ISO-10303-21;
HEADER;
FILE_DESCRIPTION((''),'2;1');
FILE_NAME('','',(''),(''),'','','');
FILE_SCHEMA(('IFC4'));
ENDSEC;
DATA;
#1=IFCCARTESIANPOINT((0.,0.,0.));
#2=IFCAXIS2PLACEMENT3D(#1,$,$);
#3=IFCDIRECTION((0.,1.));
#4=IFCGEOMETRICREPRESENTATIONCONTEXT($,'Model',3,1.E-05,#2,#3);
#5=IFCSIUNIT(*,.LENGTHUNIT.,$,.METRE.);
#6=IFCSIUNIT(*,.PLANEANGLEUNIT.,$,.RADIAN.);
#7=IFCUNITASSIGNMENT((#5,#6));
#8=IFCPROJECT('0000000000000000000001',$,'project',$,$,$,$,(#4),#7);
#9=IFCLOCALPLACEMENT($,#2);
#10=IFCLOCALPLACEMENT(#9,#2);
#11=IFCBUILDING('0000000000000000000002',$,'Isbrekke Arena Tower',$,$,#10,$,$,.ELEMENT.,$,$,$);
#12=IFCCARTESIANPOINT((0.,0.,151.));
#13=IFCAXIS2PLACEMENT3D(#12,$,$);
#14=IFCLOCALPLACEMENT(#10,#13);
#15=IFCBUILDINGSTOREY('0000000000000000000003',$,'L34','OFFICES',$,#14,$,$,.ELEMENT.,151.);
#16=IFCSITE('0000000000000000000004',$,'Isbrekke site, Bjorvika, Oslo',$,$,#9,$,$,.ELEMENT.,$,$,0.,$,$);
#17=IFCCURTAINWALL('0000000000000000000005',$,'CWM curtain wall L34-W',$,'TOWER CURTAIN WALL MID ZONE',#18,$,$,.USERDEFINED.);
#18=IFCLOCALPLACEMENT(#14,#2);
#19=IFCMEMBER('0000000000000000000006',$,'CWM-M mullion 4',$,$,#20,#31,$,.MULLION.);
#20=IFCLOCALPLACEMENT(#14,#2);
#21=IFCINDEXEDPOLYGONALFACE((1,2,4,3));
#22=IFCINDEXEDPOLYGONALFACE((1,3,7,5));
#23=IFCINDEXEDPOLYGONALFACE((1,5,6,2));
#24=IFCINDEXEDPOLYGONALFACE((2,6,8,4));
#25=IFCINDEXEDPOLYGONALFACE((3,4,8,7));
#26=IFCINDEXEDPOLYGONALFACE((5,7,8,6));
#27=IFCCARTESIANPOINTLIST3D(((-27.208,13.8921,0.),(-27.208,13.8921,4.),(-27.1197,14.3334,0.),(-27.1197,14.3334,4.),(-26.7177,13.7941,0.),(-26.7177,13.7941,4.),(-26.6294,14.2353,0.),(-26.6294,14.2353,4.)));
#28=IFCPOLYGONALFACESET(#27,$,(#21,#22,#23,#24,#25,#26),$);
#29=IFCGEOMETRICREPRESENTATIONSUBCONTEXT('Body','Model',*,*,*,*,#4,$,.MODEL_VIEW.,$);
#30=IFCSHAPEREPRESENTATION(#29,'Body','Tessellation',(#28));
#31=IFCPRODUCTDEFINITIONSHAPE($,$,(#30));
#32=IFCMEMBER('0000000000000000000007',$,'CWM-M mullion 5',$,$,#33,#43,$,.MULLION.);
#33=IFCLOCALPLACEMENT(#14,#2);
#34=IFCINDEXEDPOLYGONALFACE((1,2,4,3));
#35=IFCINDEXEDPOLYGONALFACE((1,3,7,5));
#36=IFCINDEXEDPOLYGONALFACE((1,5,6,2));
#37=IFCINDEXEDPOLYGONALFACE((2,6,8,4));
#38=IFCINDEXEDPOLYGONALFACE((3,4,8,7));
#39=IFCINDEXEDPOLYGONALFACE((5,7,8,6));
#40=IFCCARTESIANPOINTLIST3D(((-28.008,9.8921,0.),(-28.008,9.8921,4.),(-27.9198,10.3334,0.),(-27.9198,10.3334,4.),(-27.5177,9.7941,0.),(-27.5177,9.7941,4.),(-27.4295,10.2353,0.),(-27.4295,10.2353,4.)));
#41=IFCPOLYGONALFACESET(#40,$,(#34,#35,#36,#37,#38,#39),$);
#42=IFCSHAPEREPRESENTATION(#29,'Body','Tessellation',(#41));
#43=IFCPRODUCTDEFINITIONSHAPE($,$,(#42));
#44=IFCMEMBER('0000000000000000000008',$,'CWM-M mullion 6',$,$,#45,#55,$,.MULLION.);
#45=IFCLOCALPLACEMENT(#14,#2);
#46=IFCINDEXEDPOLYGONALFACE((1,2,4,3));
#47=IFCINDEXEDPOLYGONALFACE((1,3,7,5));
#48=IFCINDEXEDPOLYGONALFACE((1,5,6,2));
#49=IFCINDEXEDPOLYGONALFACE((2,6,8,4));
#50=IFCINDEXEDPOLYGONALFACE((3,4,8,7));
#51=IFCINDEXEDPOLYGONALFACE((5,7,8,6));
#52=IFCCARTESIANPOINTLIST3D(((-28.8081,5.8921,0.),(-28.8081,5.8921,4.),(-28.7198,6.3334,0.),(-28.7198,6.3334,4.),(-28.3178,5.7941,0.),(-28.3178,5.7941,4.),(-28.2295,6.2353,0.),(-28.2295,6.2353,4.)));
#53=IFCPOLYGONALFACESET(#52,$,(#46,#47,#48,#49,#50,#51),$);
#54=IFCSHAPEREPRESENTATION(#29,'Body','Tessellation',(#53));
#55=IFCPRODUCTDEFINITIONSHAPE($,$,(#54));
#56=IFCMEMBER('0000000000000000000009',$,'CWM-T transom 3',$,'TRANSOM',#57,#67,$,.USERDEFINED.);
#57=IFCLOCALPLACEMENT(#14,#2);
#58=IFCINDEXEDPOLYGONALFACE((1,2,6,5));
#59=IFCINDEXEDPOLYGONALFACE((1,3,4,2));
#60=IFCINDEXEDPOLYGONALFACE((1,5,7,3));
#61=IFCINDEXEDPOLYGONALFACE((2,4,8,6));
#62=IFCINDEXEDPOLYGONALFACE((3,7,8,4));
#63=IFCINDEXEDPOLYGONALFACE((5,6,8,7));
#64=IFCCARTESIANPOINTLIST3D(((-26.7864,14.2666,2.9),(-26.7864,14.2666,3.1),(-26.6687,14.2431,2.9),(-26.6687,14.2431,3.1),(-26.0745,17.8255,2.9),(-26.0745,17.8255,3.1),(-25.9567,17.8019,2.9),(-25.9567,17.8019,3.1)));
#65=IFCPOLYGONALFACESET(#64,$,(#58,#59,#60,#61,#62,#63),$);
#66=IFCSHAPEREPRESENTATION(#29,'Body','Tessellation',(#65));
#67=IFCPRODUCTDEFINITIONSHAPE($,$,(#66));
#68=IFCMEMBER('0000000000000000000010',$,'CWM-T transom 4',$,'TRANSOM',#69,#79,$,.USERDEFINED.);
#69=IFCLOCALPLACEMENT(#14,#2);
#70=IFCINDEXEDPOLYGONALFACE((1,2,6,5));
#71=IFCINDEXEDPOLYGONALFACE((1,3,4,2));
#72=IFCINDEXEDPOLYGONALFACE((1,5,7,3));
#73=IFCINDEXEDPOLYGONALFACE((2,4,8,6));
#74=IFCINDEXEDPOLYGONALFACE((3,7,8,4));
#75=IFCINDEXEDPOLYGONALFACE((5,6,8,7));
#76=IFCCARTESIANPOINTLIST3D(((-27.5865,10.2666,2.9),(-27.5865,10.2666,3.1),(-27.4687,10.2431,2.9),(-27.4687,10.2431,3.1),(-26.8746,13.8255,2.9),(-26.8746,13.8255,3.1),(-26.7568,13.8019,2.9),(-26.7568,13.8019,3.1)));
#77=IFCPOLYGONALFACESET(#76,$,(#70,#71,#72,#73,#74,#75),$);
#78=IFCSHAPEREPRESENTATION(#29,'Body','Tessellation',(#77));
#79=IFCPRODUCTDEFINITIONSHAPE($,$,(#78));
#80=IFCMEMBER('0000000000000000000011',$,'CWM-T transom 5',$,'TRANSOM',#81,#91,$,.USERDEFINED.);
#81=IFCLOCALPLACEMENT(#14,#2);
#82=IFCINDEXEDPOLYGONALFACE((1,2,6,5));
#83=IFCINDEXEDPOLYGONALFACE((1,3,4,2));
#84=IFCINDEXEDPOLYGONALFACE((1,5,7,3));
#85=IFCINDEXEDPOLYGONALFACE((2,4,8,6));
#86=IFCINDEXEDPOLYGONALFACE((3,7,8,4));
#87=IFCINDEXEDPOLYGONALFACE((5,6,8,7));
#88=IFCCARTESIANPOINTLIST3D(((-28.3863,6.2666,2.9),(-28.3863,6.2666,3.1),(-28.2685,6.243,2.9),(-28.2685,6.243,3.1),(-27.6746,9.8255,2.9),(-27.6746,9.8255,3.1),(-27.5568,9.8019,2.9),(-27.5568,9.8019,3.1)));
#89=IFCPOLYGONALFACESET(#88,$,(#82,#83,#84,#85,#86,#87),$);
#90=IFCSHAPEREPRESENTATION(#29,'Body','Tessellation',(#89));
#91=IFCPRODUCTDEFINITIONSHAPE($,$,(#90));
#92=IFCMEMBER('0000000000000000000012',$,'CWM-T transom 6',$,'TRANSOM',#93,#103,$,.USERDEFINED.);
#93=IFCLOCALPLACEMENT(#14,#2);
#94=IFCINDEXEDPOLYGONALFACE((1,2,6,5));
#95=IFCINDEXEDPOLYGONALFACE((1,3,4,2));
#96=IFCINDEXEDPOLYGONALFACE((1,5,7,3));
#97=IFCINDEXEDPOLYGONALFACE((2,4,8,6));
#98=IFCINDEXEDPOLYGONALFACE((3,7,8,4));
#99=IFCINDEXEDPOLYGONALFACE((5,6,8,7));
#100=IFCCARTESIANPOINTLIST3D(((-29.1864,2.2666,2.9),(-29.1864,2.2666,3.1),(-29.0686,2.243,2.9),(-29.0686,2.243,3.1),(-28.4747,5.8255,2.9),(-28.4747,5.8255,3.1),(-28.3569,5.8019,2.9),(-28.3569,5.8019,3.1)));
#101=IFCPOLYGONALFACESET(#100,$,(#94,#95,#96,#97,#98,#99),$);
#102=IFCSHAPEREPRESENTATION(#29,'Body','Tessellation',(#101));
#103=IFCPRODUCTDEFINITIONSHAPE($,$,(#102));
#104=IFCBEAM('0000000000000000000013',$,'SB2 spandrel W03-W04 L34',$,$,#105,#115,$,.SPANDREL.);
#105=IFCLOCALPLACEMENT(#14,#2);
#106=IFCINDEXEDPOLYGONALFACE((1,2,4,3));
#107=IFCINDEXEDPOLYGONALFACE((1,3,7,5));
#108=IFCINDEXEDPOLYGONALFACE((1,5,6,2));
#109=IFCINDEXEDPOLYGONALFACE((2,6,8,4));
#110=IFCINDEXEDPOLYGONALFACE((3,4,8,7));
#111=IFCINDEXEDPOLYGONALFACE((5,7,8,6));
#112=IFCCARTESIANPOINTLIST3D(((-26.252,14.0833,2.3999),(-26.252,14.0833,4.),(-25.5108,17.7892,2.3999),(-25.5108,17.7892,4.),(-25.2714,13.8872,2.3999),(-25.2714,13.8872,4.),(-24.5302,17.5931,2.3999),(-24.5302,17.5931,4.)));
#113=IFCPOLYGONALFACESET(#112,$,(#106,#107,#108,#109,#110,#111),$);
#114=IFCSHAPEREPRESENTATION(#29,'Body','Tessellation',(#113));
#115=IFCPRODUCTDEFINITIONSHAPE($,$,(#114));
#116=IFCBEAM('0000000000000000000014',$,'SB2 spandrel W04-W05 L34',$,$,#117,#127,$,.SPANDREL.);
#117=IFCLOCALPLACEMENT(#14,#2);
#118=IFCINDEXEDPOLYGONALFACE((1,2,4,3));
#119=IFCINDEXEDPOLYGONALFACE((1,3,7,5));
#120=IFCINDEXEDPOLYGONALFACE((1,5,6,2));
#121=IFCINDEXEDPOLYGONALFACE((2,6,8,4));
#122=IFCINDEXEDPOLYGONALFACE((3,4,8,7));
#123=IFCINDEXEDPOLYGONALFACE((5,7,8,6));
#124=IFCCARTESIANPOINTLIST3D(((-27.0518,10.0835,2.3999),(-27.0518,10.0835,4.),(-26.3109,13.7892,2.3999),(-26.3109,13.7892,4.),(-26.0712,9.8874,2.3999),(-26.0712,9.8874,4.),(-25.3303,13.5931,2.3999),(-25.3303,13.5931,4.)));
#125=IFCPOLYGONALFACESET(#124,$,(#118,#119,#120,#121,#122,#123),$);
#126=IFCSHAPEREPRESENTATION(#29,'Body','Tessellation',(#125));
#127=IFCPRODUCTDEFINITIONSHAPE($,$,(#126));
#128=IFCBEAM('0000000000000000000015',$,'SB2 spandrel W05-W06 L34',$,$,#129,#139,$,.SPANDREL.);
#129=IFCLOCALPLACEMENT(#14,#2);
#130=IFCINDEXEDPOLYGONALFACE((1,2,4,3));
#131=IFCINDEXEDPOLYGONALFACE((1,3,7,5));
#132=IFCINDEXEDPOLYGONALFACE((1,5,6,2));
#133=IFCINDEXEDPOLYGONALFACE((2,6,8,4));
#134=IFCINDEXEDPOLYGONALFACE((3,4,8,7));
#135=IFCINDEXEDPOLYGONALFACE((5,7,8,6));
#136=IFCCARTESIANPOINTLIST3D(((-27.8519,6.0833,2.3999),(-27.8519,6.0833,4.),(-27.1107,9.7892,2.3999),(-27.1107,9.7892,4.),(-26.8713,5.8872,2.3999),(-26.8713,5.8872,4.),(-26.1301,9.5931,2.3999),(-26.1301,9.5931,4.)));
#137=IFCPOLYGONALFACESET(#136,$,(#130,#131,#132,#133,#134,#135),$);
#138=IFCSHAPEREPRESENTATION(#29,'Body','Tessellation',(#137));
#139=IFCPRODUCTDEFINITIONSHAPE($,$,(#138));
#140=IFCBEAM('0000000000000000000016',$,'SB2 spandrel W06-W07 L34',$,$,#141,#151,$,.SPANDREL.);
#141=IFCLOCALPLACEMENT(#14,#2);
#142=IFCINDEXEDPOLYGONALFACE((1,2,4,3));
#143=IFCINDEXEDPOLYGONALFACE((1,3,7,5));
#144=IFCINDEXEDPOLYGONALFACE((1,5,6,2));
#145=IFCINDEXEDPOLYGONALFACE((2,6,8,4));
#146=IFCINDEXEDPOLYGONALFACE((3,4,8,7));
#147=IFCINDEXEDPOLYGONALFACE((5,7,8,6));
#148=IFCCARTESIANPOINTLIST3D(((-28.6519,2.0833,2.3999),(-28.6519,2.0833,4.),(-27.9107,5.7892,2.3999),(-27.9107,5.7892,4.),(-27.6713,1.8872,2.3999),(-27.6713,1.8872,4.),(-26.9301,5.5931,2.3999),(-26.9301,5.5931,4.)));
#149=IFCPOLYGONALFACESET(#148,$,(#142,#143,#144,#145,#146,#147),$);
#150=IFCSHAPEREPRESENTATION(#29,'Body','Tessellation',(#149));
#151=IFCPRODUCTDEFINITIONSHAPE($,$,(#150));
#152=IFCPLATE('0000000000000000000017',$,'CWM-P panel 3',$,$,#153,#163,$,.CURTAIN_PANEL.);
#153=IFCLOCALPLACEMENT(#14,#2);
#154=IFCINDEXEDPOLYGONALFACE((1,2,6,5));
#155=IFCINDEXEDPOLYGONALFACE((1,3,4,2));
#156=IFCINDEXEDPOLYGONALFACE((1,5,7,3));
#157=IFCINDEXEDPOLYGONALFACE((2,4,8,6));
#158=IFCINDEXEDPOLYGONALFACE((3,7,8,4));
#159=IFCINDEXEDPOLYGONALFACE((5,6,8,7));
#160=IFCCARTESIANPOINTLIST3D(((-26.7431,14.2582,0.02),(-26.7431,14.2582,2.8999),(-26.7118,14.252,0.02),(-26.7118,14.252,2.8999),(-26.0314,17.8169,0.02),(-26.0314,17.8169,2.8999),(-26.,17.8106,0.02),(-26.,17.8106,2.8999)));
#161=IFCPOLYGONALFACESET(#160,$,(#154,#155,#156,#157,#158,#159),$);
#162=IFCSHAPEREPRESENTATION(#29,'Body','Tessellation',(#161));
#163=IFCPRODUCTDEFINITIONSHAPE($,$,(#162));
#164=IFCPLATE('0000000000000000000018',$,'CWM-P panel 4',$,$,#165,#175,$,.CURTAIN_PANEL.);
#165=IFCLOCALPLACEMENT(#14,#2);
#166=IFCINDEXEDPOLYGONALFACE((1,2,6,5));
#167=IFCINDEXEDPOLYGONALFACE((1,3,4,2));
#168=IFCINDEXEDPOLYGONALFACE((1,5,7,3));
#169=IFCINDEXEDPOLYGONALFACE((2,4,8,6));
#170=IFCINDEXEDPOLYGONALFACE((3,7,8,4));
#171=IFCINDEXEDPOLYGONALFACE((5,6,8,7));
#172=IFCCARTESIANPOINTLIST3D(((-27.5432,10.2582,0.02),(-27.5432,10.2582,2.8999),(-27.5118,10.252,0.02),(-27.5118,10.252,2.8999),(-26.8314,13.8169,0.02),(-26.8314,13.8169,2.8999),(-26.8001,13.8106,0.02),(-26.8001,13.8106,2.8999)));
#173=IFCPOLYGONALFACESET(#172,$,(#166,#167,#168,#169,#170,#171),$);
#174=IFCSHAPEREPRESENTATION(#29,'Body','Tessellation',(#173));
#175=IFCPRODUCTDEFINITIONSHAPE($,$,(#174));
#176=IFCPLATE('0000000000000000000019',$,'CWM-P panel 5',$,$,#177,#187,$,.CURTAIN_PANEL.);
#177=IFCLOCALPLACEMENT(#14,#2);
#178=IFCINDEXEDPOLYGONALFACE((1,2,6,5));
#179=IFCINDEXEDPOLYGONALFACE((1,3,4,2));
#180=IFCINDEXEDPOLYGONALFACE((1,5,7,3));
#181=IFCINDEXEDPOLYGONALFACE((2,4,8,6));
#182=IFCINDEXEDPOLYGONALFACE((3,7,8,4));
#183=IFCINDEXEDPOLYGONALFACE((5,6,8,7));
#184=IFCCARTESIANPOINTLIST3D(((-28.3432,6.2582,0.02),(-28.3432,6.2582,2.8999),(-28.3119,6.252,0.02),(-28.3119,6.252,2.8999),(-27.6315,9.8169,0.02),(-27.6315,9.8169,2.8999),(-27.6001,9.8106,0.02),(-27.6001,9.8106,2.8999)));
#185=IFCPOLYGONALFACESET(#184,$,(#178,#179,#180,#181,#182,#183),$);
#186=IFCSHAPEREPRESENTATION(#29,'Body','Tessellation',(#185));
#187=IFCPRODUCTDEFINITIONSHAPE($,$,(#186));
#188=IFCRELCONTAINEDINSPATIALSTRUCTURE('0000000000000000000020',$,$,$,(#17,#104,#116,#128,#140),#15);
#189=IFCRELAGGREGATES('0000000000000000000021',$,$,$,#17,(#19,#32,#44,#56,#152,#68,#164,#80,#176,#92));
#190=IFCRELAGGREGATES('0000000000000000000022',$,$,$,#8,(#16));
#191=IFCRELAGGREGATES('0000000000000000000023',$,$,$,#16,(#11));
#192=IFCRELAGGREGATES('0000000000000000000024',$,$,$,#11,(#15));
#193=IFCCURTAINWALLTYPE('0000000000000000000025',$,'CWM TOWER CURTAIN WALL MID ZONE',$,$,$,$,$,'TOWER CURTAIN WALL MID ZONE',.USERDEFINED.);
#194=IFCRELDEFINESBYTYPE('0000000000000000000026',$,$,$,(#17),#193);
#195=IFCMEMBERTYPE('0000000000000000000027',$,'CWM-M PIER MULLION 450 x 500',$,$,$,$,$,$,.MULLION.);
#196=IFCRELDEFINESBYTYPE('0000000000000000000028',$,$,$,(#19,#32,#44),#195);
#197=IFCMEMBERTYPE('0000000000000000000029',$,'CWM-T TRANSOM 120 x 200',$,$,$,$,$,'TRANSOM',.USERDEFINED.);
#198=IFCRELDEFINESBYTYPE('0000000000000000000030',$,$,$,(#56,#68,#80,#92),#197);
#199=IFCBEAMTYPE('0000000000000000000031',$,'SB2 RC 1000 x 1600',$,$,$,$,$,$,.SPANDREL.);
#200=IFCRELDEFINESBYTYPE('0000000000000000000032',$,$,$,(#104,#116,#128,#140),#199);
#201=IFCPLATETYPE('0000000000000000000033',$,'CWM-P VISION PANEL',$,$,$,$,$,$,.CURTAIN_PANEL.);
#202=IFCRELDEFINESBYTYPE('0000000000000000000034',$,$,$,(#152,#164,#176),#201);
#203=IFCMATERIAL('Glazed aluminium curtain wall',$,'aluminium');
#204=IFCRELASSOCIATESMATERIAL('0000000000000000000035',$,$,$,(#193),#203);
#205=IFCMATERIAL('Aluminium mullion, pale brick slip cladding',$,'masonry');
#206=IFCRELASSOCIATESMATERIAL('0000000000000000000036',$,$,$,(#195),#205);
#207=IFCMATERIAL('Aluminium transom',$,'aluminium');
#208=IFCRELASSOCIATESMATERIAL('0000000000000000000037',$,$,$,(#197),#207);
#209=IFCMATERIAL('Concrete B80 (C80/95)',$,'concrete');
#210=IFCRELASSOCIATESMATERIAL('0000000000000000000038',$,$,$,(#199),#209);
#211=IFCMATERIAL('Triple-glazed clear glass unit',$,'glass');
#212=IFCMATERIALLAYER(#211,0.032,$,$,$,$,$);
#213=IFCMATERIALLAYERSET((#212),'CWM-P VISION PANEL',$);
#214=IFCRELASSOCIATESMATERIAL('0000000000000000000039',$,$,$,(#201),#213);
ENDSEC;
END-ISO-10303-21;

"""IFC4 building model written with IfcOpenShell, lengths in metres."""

from ifc_helpers import new_model, si_unit, direction, frame, origin, origin_2d, place, context, subcontext, project, spatial, rectangle, extrude, material, layer, layer_set, material_profile, profile_set, type_object, element, aggregate, save


model = new_model("IFC4")

# Units and contexts
model_context = context("Model", 3, precision=1e-05, world=origin(), true_north=direction((0.0, 1.0)))
body_context = subcontext(model_context, "Body", "Model", "MODEL_VIEW")
ifc_project = project(units=[si_unit("LENGTHUNIT", "METRE"), si_unit("PLANEANGLEUNIT", "RADIAN")], contexts=[model_context])

# Site, building, storey
site_placement = place(None, origin())
site = spatial("IfcSite", under=ifc_project, at=site_placement, Name="Isbrekke site, Bjorvika, Oslo", CompositionType="ELEMENT", RefElevation=0.0)
building_placement = place(site_placement, origin())
building = spatial("IfcBuilding", under=site, at=building_placement, Name="Isbrekke Arena Tower", CompositionType="ELEMENT")
storey_placement = place(building_placement, frame((0.0, 0.0, 151.0)))
storey = spatial("IfcBuildingStorey", under=building, at=storey_placement, Name="L34", Description="OFFICES", CompositionType="ELEMENT", Elevation=151.0)

# Curtain wall, members
ifc_material_1 = material(Name="Glazed aluminium curtain wall", Category="aluminium")
curtain_wall_type = type_object("IfcCurtainWallType", Name="CWM TOWER CURTAIN WALL MID ZONE", ElementType="TOWER CURTAIN WALL MID ZONE", PredefinedType="USERDEFINED", material=ifc_material_1)
curtain_wall_placement = place(storey_placement, origin())
curtain_wall = element("IfcCurtainWall", 1, at=curtain_wall_placement, inside=storey, type_object=curtain_wall_type, Name="CWM curtain wall L34-W", ObjectType="TOWER CURTAIN WALL MID ZONE", PredefinedType="USERDEFINED")
ifc_material_2 = material(Name="Aluminium mullion, pale brick slip cladding", Category="masonry")
ifc_material_profile_1 = material_profile(ifc_material_2, rectangle(XDim=0.45, YDim=0.5, at=origin_2d()), Name="PIER 450X500")
ifc_profile_set_1 = profile_set([ifc_material_profile_1], Name="Aluminium mullion, pale brick slip cladding")
member_type_1 = type_object("IfcMemberType", Name="CWM-M PIER MULLION 450 x 500", PredefinedType="MULLION", material=ifc_profile_set_1)
member_1_placement = place(storey_placement, frame((-26.9187, 14.0637, 0.0), z_axis=(0.0, 0.0, 1.0), x_axis=(-0.196116, -0.980581, 0.0)))
member_1 = element("IfcMember", 2, at=member_1_placement, type_object=member_type_1, Name="CWM-M mullion 4", PredefinedType="MULLION", context=body_context, shape_type="SweptSolid", body=[
    extrude(rectangle(XDim=0.45, YDim=0.5, at=origin_2d()), origin(), (0.0, 0.0, 1.0), 4.0),
])
member_2_placement = place(storey_placement, frame((-27.7188, 10.0637, 0.0), z_axis=(0.0, 0.0, 1.0), x_axis=(-0.196116, -0.980581, 0.0)))
member_2 = element("IfcMember", 3, at=member_2_placement, type_object=member_type_1, Name="CWM-M mullion 5", PredefinedType="MULLION", context=body_context, shape_type="SweptSolid", body=[
    extrude(rectangle(XDim=0.45, YDim=0.5, at=origin_2d()), origin(), (0.0, 0.0, 1.0), 4.0),
])
member_3_placement = place(storey_placement, frame((-28.5188, 6.0637, 0.0), z_axis=(0.0, 0.0, 1.0), x_axis=(-0.196116, -0.980581, 0.0)))
member_3 = element("IfcMember", 4, at=member_3_placement, type_object=member_type_1, Name="CWM-M mullion 6", PredefinedType="MULLION", context=body_context, shape_type="SweptSolid", body=[
    extrude(rectangle(XDim=0.45, YDim=0.5, at=origin_2d()), origin(), (0.0, 0.0, 1.0), 4.0),
])
ifc_material_3 = material(Name="Aluminium transom", Category="aluminium")
ifc_material_profile_2 = material_profile(ifc_material_3, rectangle(XDim=0.1201, YDim=0.2, at=origin_2d()), Name="TRANSOM 120X200")
ifc_profile_set_2 = profile_set([ifc_material_profile_2], Name="Aluminium transom")
member_type_2 = type_object("IfcMemberType", Name="CWM-T TRANSOM 120 x 200", ElementType="TRANSOM", PredefinedType="USERDEFINED", material=ifc_profile_set_2)
member_4_placement = place(storey_placement, frame((-26.0156, 17.8137, 3.0), z_axis=(-0.196155, -0.980573, 0.0), x_axis=(0.980573, -0.196155, 0.0)))
member_4 = element("IfcMember", 5, at=member_4_placement, type_object=member_type_2, Name="CWM-T transom 3", ObjectType="TRANSOM", PredefinedType="USERDEFINED", context=body_context, shape_type="SweptSolid", body=[
    extrude(rectangle(XDim=0.1201, YDim=0.2, at=origin_2d()), origin(), (0.0, 0.0, 1.0), 3.6294),
])
member_5_placement = place(storey_placement, frame((-26.8157, 13.8137, 3.0), z_axis=(-0.196155, -0.980573, 0.0), x_axis=(0.980573, -0.196155, 0.0)))
member_5 = element("IfcMember", 6, at=member_5_placement, type_object=member_type_2, Name="CWM-T transom 4", ObjectType="TRANSOM", PredefinedType="USERDEFINED", context=body_context, shape_type="SweptSolid", body=[
    extrude(rectangle(XDim=0.1201, YDim=0.2, at=origin_2d()), origin(), (0.0, 0.0, 1.0), 3.6294),
])
member_6_placement = place(storey_placement, frame((-27.6157, 9.8137, 3.0), z_axis=(-0.19609, -0.980586, 0.0), x_axis=(0.980586, -0.19609, 0.0)))
member_6 = element("IfcMember", 7, at=member_6_placement, type_object=member_type_2, Name="CWM-T transom 5", ObjectType="TRANSOM", PredefinedType="USERDEFINED", context=body_context, shape_type="SweptSolid", body=[
    extrude(rectangle(XDim=0.1201, YDim=0.2, at=origin_2d()), origin(), (0.0, 0.0, 1.0), 3.6294),
])
member_7_placement = place(storey_placement, frame((-28.4158, 5.8137, 3.0), z_axis=(-0.19609, -0.980586, 0.0), x_axis=(0.980586, -0.19609, 0.0)))
member_7 = element("IfcMember", 8, at=member_7_placement, type_object=member_type_2, Name="CWM-T transom 6", ObjectType="TRANSOM", PredefinedType="USERDEFINED", context=body_context, shape_type="SweptSolid", body=[
    extrude(rectangle(XDim=0.1201, YDim=0.2, at=origin_2d()), origin(), (0.0, 0.0, 1.0), 3.6294),
])

# Beams
ifc_material_4 = material(Name="Concrete B80 (C80/95)", Category="concrete")
ifc_material_profile_3 = material_profile(ifc_material_4, rectangle(XDim=1.0, YDim=1.6001, at=origin_2d()), Name="RC 1000x1600")
ifc_profile_set_3 = profile_set([ifc_material_profile_3], Name="Concrete B80 (C80/95)")
beam_type_1 = type_object("IfcBeamType", Name="SB2 RC 1000 x 1600", PredefinedType="SPANDREL", material=ifc_profile_set_3)
beam_1_placement = place(storey_placement, frame((-25.0205, 17.6912, 3.2), z_axis=(-0.196129, -0.980578, 0.0), x_axis=(0.980578, -0.196129, 0.0)))
element("IfcBeam", 9, at=beam_1_placement, inside=storey, type_object=beam_type_1, Name="SB2 spandrel W03-W04 L34", PredefinedType="SPANDREL", context=body_context, shape_type="SweptSolid", body=[
    extrude(rectangle(XDim=1.0, YDim=1.6001, at=origin_2d()), origin(), (0.0, 0.0, 1.0), 3.7793),
])
beam_2_placement = place(storey_placement, frame((-25.8206, 13.6912, 3.2), z_axis=(-0.196066, -0.980591, 0.0), x_axis=(0.980591, -0.196066, 0.0)))
element("IfcBeam", 10, at=beam_2_placement, inside=storey, type_object=beam_type_1, Name="SB2 spandrel W04-W05 L34", PredefinedType="SPANDREL", context=body_context, shape_type="SweptSolid", body=[
    extrude(rectangle(XDim=1.0, YDim=1.6001, at=origin_2d()), origin(), (0.0, 0.0, 1.0), 3.7791),
])
for number, where, z_axis, x_axis, name in (
    (11, (-26.6204, 9.6912, 3.2), (-0.196129, -0.980578, 0.0), (0.980578, -0.196129, 0.0), "SB2 spandrel W05-W06 L34"),
    (12, (-27.4204, 5.6912, 3.2), (-0.196129, -0.980578, 0.0), (0.980578, -0.196129, 0.0), "SB2 spandrel W06-W07 L34"),
):
    element("IfcBeam", number, at=place(storey_placement, frame(where, z_axis=z_axis, x_axis=x_axis)), inside=storey, type_object=beam_type_1, Name=name, PredefinedType="SPANDREL", context=body_context, shape_type="SweptSolid", body=[
        extrude(rectangle(XDim=1.0, YDim=1.6001, at=origin_2d()), origin(), (0.0, 0.0, 1.0), 3.7793),
    ])

# Plates
ifc_material_5 = material(Name="Triple-glazed clear glass unit", Category="glass")
ifc_layer_1 = layer(ifc_material_5, 0.032)
ifc_layer_set_1 = layer_set([ifc_layer_1], Name="CWM-P VISION PANEL")
plate_type = type_object("IfcPlateType", Name="CWM-P VISION PANEL", PredefinedType="CURTAIN_PANEL", material=ifc_layer_set_1)
plate_1_placement = place(storey_placement, frame((-26.3716, 16.0344, 0.02), z_axis=(0.0, 0.0, 1.0), x_axis=(-0.196116, -0.980581, 0.0)))
plate_1 = element("IfcPlate", 13, at=plate_1_placement, type_object=plate_type, Name="CWM-P panel 3", PredefinedType="CURTAIN_PANEL", context=body_context, shape_type="SweptSolid", body=[
    extrude(rectangle(XDim=3.6292, YDim=0.032, at=origin_2d()), origin(), (0.0, 0.0, 1.0), 2.8799),
])
plate_2_placement = place(storey_placement, frame((-27.1716, 12.0344, 0.02), z_axis=(0.0, 0.0, 1.0), x_axis=(-0.196116, -0.980581, 0.0)))
plate_2 = element("IfcPlate", 14, at=plate_2_placement, type_object=plate_type, Name="CWM-P panel 4", PredefinedType="CURTAIN_PANEL", context=body_context, shape_type="SweptSolid", body=[
    extrude(rectangle(XDim=3.6292, YDim=0.032, at=origin_2d()), origin(), (0.0, 0.0, 1.0), 2.8799),
])
plate_3_placement = place(storey_placement, frame((-27.9717, 8.0344, 0.02), z_axis=(0.0, 0.0, 1.0), x_axis=(-0.196116, -0.980581, 0.0)))
plate_3 = element("IfcPlate", 15, at=plate_3_placement, type_object=plate_type, Name="CWM-P panel 5", PredefinedType="CURTAIN_PANEL", context=body_context, shape_type="SweptSolid", body=[
    extrude(rectangle(XDim=3.6292, YDim=0.032, at=origin_2d()), origin(), (0.0, 0.0, 1.0), 2.8799),
])
aggregate(curtain_wall, [member_1, member_2, member_3, member_4, plate_1, member_5, plate_2, member_6, plate_3, member_7])

save(model, "model.ifc")
